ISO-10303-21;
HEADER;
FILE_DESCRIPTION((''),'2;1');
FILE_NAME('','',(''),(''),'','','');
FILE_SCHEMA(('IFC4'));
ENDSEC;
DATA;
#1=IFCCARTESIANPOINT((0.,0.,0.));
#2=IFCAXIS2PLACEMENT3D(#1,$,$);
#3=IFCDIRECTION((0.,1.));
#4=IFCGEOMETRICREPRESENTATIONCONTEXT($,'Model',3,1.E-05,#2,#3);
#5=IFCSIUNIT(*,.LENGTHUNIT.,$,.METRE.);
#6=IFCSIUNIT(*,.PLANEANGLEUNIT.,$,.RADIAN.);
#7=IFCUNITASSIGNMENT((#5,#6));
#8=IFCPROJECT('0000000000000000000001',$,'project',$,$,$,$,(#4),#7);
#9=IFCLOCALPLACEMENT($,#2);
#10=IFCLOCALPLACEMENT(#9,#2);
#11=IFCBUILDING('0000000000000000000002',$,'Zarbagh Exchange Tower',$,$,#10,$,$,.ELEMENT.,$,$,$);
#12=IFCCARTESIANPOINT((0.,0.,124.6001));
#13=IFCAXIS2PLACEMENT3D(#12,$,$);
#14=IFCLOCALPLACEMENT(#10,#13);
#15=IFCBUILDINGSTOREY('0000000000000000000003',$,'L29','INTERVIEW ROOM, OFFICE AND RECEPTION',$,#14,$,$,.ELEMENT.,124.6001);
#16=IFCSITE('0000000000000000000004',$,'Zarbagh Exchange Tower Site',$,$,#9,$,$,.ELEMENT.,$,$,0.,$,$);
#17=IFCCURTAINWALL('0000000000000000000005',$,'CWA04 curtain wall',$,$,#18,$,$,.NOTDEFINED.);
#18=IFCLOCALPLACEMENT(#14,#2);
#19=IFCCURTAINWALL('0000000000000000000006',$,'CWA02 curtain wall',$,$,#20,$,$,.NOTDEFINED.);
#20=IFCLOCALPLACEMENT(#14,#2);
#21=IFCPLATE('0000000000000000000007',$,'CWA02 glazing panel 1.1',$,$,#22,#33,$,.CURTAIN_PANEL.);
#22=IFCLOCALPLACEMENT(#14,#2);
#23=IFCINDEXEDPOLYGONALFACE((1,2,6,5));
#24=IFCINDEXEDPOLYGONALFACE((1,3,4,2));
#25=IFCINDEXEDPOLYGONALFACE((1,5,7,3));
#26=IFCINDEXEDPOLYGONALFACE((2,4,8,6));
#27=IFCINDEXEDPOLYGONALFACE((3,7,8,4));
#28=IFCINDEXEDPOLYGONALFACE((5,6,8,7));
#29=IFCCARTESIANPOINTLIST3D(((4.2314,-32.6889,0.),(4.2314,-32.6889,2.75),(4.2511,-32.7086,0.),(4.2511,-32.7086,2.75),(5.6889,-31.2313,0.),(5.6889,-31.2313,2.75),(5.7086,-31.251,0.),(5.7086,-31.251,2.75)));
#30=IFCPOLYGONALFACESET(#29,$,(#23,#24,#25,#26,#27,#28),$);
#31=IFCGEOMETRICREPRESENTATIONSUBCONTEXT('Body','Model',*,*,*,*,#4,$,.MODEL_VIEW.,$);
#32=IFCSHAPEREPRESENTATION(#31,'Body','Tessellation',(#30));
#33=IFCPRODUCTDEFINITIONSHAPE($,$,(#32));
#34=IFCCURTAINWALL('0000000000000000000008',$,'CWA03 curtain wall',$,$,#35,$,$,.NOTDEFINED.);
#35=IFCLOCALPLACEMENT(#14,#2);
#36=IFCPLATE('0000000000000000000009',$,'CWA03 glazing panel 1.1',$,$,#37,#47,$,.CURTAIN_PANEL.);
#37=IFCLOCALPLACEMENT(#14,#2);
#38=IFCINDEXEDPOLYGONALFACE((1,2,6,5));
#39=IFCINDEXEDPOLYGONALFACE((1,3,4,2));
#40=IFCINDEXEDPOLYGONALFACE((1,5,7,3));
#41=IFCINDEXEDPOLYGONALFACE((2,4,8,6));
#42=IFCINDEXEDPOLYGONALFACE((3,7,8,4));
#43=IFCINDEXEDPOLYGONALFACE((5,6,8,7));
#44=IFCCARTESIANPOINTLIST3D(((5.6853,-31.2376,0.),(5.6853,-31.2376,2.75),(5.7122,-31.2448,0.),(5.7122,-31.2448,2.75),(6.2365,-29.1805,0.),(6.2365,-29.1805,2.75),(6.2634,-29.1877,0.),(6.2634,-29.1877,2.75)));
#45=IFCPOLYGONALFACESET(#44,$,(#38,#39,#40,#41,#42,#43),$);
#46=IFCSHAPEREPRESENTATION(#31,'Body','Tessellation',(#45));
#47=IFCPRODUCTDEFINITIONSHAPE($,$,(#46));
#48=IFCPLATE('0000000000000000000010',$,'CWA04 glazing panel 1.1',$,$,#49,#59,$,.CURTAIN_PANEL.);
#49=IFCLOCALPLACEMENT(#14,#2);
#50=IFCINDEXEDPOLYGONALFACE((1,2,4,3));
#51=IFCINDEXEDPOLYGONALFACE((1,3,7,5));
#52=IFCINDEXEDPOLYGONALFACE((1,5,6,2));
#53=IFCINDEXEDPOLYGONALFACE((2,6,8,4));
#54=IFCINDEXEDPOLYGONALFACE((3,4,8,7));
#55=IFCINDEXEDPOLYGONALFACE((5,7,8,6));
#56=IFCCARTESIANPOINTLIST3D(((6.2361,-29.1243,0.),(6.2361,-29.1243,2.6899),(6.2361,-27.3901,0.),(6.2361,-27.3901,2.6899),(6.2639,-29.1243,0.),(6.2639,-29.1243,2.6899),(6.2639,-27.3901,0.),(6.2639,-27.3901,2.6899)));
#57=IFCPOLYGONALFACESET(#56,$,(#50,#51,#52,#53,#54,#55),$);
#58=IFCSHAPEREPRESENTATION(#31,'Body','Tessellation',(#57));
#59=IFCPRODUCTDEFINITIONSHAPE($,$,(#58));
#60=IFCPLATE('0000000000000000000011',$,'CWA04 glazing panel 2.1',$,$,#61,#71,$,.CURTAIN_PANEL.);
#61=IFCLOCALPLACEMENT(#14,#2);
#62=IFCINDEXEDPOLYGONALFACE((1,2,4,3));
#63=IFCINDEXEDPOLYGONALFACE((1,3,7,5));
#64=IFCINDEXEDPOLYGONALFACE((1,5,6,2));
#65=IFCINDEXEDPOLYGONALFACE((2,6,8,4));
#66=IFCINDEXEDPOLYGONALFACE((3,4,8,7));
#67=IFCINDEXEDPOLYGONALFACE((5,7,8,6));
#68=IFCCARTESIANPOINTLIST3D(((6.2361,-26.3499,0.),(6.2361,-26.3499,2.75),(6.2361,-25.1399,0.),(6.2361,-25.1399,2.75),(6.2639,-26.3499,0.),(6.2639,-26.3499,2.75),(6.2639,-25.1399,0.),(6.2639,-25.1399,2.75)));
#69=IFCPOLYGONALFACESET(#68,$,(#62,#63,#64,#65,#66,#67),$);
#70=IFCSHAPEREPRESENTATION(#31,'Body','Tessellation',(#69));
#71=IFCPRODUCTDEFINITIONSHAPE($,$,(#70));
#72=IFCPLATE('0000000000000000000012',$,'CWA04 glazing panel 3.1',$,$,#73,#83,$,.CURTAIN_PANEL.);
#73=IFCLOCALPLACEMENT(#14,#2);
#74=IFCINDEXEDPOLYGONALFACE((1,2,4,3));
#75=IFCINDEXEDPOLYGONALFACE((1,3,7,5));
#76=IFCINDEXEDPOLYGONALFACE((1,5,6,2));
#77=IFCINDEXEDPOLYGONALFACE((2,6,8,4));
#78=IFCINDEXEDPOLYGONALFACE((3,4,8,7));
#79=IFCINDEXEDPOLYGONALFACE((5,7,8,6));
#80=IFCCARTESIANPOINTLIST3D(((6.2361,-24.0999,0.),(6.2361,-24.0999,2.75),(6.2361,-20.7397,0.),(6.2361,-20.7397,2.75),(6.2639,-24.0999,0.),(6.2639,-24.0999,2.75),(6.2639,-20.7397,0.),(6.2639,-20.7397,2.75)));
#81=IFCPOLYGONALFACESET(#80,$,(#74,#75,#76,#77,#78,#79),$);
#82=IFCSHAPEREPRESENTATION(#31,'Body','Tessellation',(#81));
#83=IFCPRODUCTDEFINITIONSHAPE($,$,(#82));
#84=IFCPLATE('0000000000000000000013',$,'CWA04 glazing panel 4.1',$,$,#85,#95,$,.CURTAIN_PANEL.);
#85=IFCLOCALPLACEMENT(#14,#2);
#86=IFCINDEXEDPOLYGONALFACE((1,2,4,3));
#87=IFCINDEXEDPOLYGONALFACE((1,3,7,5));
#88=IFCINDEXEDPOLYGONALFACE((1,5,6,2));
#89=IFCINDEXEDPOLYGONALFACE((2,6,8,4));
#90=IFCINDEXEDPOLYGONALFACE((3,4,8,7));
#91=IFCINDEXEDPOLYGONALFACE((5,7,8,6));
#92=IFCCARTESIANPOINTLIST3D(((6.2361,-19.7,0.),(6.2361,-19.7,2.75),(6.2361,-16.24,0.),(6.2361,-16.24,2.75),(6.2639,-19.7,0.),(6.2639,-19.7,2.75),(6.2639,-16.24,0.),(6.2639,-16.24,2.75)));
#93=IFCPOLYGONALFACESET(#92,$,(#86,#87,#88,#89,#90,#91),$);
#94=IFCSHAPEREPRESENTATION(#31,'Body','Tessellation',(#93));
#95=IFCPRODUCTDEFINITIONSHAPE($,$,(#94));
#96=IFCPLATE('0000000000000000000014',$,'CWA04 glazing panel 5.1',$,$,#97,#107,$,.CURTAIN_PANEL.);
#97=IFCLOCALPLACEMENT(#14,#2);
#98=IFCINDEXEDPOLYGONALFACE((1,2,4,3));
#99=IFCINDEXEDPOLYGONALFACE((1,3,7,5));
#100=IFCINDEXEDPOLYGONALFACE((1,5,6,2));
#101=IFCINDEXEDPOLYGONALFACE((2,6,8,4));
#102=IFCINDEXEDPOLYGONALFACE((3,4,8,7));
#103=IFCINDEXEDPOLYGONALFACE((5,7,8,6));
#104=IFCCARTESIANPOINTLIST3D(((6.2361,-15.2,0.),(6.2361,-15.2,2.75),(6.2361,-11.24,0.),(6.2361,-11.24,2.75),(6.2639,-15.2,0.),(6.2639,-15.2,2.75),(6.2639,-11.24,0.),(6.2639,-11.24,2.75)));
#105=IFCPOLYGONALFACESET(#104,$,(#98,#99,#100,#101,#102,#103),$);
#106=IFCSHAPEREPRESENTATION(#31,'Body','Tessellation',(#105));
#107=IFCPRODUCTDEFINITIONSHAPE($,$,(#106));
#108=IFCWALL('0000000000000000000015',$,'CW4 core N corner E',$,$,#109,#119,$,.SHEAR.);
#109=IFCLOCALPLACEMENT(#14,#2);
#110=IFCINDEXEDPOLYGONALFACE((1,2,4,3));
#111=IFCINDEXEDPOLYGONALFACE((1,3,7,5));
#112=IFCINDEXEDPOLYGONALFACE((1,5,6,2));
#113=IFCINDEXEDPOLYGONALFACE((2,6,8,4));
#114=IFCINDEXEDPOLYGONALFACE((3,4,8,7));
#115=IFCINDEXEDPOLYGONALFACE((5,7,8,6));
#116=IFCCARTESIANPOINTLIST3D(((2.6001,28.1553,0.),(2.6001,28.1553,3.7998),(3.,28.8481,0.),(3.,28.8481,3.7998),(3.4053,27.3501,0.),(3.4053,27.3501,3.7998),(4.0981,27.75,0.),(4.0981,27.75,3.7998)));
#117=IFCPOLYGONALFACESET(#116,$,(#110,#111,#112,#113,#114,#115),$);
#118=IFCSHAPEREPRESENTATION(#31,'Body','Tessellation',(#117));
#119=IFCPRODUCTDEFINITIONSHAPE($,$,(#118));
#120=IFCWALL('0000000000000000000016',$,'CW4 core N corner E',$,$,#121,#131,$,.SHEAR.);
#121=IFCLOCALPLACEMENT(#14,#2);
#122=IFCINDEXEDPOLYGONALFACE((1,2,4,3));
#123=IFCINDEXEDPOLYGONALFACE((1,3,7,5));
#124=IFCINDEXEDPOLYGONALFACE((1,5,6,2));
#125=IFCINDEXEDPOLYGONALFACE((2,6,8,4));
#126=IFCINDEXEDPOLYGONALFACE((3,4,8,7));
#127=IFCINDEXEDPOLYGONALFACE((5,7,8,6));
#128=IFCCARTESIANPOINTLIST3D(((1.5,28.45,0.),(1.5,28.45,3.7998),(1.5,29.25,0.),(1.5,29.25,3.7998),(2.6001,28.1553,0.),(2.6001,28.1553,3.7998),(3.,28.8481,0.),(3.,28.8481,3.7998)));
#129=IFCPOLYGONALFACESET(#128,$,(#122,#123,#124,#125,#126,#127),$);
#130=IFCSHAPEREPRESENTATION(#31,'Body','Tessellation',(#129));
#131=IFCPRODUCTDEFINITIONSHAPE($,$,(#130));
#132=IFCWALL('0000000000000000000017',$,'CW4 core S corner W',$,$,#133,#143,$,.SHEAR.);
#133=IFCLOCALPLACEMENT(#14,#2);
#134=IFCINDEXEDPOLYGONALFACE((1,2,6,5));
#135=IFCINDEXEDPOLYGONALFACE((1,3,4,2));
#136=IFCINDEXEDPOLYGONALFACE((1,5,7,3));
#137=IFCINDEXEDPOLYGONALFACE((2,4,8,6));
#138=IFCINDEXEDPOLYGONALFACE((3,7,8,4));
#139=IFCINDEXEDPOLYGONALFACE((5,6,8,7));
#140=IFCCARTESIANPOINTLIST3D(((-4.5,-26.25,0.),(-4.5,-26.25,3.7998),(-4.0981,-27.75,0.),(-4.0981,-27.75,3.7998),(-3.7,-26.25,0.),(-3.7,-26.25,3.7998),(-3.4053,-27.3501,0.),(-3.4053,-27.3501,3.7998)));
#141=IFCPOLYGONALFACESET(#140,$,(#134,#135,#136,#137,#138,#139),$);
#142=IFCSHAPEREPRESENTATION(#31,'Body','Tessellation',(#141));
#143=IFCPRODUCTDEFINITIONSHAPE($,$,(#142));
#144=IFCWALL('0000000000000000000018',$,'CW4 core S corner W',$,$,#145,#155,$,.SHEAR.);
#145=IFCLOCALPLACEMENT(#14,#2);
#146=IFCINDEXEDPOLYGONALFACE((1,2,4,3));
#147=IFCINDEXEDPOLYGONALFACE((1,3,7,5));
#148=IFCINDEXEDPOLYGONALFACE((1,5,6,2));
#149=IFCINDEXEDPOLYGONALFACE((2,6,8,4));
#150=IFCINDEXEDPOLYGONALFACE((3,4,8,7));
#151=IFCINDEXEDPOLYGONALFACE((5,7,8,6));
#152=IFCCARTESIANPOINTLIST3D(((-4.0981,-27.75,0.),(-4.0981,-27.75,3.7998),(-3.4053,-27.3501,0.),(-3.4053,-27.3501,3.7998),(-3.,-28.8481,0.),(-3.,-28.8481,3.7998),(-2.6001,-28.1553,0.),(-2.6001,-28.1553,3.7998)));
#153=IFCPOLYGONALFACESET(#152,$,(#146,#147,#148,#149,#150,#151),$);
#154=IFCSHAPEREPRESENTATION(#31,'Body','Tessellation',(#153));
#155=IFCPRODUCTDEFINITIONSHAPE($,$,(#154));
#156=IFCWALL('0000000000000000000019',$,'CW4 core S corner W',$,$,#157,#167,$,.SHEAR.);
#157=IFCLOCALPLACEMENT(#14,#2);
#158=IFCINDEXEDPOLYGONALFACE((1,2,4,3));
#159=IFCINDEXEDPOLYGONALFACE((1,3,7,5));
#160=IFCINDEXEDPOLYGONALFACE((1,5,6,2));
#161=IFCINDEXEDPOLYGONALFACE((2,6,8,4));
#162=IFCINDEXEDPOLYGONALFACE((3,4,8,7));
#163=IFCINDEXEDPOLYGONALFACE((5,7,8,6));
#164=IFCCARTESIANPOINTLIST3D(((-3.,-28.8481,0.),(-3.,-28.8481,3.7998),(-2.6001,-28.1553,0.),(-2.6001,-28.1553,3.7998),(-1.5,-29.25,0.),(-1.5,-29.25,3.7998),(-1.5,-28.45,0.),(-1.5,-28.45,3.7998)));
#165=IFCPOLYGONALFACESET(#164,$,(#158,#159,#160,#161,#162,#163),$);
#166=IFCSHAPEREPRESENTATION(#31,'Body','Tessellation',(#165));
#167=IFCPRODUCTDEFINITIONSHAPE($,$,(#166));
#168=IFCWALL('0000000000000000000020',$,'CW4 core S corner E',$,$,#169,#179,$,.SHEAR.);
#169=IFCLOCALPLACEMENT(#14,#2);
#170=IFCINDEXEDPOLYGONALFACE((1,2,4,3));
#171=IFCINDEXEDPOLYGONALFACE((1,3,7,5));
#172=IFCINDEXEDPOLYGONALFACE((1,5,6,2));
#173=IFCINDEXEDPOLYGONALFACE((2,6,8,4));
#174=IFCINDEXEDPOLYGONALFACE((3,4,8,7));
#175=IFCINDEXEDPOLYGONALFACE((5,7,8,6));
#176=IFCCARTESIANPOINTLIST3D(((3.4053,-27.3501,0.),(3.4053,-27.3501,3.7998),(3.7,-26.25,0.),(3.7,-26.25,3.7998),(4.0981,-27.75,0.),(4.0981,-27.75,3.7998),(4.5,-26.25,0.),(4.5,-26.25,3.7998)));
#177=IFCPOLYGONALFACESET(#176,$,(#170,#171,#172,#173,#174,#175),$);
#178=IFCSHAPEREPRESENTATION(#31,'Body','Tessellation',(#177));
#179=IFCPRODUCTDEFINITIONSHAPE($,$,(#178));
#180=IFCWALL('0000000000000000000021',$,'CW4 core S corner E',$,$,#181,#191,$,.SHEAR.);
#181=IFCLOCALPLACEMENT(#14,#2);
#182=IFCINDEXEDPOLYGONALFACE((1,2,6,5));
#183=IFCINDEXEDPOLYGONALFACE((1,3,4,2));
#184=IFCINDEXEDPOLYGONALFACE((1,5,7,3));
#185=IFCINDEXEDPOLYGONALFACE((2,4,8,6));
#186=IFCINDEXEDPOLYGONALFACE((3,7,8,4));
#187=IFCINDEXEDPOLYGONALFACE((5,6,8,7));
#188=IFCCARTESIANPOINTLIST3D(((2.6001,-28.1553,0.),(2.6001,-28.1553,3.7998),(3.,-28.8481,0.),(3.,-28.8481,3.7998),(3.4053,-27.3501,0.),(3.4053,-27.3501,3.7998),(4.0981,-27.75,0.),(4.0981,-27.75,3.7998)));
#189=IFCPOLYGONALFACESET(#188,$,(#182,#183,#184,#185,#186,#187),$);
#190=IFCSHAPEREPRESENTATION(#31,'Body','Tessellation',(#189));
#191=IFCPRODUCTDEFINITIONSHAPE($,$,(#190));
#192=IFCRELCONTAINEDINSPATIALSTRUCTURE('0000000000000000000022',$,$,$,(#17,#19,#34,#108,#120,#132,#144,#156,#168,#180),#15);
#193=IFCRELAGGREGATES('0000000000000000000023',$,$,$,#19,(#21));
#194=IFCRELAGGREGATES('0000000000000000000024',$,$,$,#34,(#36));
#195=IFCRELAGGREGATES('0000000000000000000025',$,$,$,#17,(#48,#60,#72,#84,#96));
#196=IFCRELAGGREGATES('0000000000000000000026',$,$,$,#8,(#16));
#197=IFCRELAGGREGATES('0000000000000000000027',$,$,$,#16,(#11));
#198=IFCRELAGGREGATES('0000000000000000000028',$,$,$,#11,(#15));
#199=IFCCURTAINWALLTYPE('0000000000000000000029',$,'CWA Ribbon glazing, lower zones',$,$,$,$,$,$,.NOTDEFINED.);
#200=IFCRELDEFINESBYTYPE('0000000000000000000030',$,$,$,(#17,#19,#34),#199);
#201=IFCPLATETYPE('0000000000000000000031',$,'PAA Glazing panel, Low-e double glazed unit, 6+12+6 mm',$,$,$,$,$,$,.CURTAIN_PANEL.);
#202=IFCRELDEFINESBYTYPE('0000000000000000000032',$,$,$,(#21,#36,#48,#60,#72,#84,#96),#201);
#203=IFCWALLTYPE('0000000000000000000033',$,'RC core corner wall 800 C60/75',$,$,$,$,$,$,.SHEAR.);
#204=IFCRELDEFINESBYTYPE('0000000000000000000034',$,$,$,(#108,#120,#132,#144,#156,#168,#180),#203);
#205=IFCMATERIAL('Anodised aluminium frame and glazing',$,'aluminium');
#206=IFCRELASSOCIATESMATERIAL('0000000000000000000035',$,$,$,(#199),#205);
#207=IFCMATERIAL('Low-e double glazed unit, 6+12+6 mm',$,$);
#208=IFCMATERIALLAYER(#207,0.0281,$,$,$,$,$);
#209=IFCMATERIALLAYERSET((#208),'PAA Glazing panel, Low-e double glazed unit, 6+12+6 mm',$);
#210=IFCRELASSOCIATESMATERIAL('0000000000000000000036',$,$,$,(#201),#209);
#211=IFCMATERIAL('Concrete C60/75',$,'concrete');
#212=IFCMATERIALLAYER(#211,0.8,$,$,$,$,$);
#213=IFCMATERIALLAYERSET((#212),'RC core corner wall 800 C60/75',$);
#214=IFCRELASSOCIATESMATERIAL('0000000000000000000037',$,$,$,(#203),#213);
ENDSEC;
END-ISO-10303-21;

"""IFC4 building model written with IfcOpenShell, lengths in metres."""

from ifc_helpers import new_model, si_unit, direction, frame, origin, place, context, subcontext, project, spatial, polyline, outline, extrude, source, transform, mapped, material, layer, layer_set, type_object, element, aggregate, save


model = new_model("IFC4")

# Units and contexts
model_context = context("Model", 3, precision=1e-05, world=origin(), true_north=direction((0.0, 1.0)))
body_context = subcontext(model_context, "Body", "Model", "MODEL_VIEW")
ifc_project = project(units=[si_unit("LENGTHUNIT", "METRE"), si_unit("PLANEANGLEUNIT", "RADIAN")], contexts=[model_context])

# Site, building, storey
site_placement = place(None, origin())
site = spatial("IfcSite", under=ifc_project, at=site_placement, Name="Zarbagh Exchange Tower Site", CompositionType="ELEMENT", RefElevation=0.0)
building_placement = place(site_placement, origin())
building = spatial("IfcBuilding", under=site, at=building_placement, Name="Zarbagh Exchange Tower", CompositionType="ELEMENT")
storey_placement = place(building_placement, frame((0.0, 0.0, 124.6001)))
storey = spatial("IfcBuildingStorey", under=building, at=storey_placement, Name="L29", Description="INTERVIEW ROOM, OFFICE AND RECEPTION", CompositionType="ELEMENT", Elevation=124.6001)

# Shared definitions
ifc_material_1 = material(Name="Anodised aluminium frame and glazing", Category="aluminium")
curtain_wall_type = type_object("IfcCurtainWallType", Name="CWA Ribbon glazing, lower zones", PredefinedType="NOTDEFINED", material=ifc_material_1)
placement = place(storey_placement, origin())

# Curtain wall
curtain_wall_1_placement = place(storey_placement, origin())
curtain_wall_1 = element("IfcCurtainWall", 1, at=curtain_wall_1_placement, inside=storey, type_object=curtain_wall_type, Name="CWA04 curtain wall", PredefinedType="NOTDEFINED")

# Shared definitions
ifc_material_2 = material(Name="Low-e double glazed unit, 6+12+6 mm")
ifc_layer_1 = layer(ifc_material_2, 0.0281)
ifc_layer_set_1 = layer_set([ifc_layer_1], Name="PAA Glazing panel, Low-e double glazed unit, 6+12+6 mm")
plate_type = type_object("IfcPlateType", Name="PAA Glazing panel, Low-e double glazed unit, 6+12+6 mm", PredefinedType="CURTAIN_PANEL", material=ifc_layer_set_1)

# Curtain walls, plates
curtain_wall_2_placement = place(storey_placement, origin())
curtain_wall_2 = element("IfcCurtainWall", 2, at=curtain_wall_2_placement, inside=storey, type_object=curtain_wall_type, Name="CWA02 curtain wall", PredefinedType="NOTDEFINED")
shared_shape_1 = source(origin(), body_context, "Body", "SweptSolid", [
    extrude(outline(polyline([(0.0, -0.0139), (2.0613, -0.0139), (2.0613, 0.0139), (0.0, 0.0139), (0.0, -0.0139)])), origin(), (0.0, 0.0, 1.0), 2.75),
])
plate_1 = element("IfcPlate", 3, at=placement, type_object=plate_type, Name="CWA02 glazing panel 1.1", PredefinedType="CURTAIN_PANEL", context=body_context, shape_type="MappedRepresentation", body=[
    mapped(shared_shape_1, transform((4.2412, -32.6987, 0.0), x_axis=(0.707107, 0.707107, 0.0), y_axis=(-0.707107, 0.707107, 0.0), z_axis=(0.0, 0.0, 1.0))),
])
aggregate(curtain_wall_2, [plate_1])
curtain_wall_3_placement = place(storey_placement, origin())
curtain_wall_3 = element("IfcCurtainWall", 4, at=curtain_wall_3_placement, inside=storey, type_object=curtain_wall_type, Name="CWA03 curtain wall", PredefinedType="NOTDEFINED")
shared_shape_2 = source(origin(), body_context, "Body", "SweptSolid", [
    extrude(outline(polyline([(0.0, -0.0139), (2.1296, -0.0139), (2.1296, 0.0139), (0.0, 0.0139), (0.0, -0.0139)])), origin(), (0.0, 0.0, 1.0), 2.75),
])
plate_2 = element("IfcPlate", 5, at=placement, type_object=plate_type, Name="CWA03 glazing panel 1.1", PredefinedType="CURTAIN_PANEL", context=body_context, shape_type="MappedRepresentation", body=[
    mapped(shared_shape_2, transform((5.6987, -31.2412, 0.0), x_axis=(0.258825, 0.965924, 0.0), y_axis=(-0.965924, 0.258825, 0.0), z_axis=(0.0, 0.0, 1.0))),
])
aggregate(curtain_wall_3, [plate_2])

# Plates
shared_shape_3 = source(origin(), body_context, "Body", "SweptSolid", [
    extrude(outline(polyline([(0.0, -0.0139), (1.7341, -0.0139), (1.7341, 0.0139), (0.0, 0.0139), (0.0, -0.0139)])), origin(), (0.0, 0.0, 1.0), 2.6899),
])
plate_3 = element("IfcPlate", 6, at=placement, type_object=plate_type, Name="CWA04 glazing panel 1.1", PredefinedType="CURTAIN_PANEL", context=body_context, shape_type="MappedRepresentation", body=[
    mapped(shared_shape_3, transform((6.25, -29.1243, 0.0), x_axis=(0.0, 1.0, 0.0), y_axis=(-1.0, 0.0, 0.0), z_axis=(0.0, 0.0, 1.0))),
])
shared_shape_4 = source(origin(), body_context, "Body", "SweptSolid", [
    extrude(outline(polyline([(0.0, -0.0139), (1.21, -0.0139), (1.21, 0.0139), (0.0, 0.0139), (0.0, -0.0139)])), origin(), (0.0, 0.0, 1.0), 2.75),
])
plate_4 = element("IfcPlate", 7, at=placement, type_object=plate_type, Name="CWA04 glazing panel 2.1", PredefinedType="CURTAIN_PANEL", context=body_context, shape_type="MappedRepresentation", body=[
    mapped(shared_shape_4, transform((6.25, -26.3499, 0.0), x_axis=(0.0, 1.0, 0.0), y_axis=(-1.0, 0.0, 0.0), z_axis=(0.0, 0.0, 1.0))),
])
shared_shape_5 = source(origin(), body_context, "Body", "SweptSolid", [
    extrude(outline(polyline([(0.0, -0.0139), (3.3601, -0.0139), (3.3601, 0.0139), (0.0, 0.0139), (0.0, -0.0139)])), origin(), (0.0, 0.0, 1.0), 2.75),
])
plate_5 = element("IfcPlate", 8, at=placement, type_object=plate_type, Name="CWA04 glazing panel 3.1", PredefinedType="CURTAIN_PANEL", context=body_context, shape_type="MappedRepresentation", body=[
    mapped(shared_shape_5, transform((6.25, -24.0999, 0.0), x_axis=(0.0, 1.0, 0.0), y_axis=(-1.0, 0.0, 0.0), z_axis=(0.0, 0.0, 1.0))),
])
shared_shape_6 = source(origin(), body_context, "Body", "SweptSolid", [
    extrude(outline(polyline([(0.0, -0.0139), (3.46, -0.0139), (3.46, 0.0139), (0.0, 0.0139), (0.0, -0.0139)])), origin(), (0.0, 0.0, 1.0), 2.75),
])
plate_6 = element("IfcPlate", 9, at=placement, type_object=plate_type, Name="CWA04 glazing panel 4.1", PredefinedType="CURTAIN_PANEL", context=body_context, shape_type="MappedRepresentation", body=[
    mapped(shared_shape_6, transform((6.25, -19.7, 0.0), x_axis=(0.0, 1.0, 0.0), y_axis=(-1.0, 0.0, 0.0), z_axis=(0.0, 0.0, 1.0))),
])
shared_shape_7 = source(origin(), body_context, "Body", "SweptSolid", [
    extrude(outline(polyline([(0.0, -0.0139), (3.96, -0.0139), (3.96, 0.0139), (0.0, 0.0139), (0.0, -0.0139)])), origin(), (0.0, 0.0, 1.0), 2.75),
])
plate_7 = element("IfcPlate", 10, at=placement, type_object=plate_type, Name="CWA04 glazing panel 5.1", PredefinedType="CURTAIN_PANEL", context=body_context, shape_type="MappedRepresentation", body=[
    mapped(shared_shape_7, transform((6.25, -15.2, 0.0), x_axis=(0.0, 1.0, 0.0), y_axis=(-1.0, 0.0, 0.0), z_axis=(0.0, 0.0, 1.0))),
])
aggregate(curtain_wall_1, [plate_3, plate_4, plate_5, plate_6, plate_7])

# Walls
ifc_material_3 = material(Name="Concrete C60/75", Category="concrete")
ifc_layer_2 = layer(ifc_material_3, 0.8)
ifc_layer_set_2 = layer_set([ifc_layer_2], Name="RC core corner wall 800 C60/75")
wall_type = type_object("IfcWallType", Name="RC core corner wall 800 C60/75", PredefinedType="SHEAR", material=ifc_layer_set_2)
wall_1_placement = place(storey_placement, origin())
element("IfcWall", 11, at=wall_1_placement, inside=storey, type_object=wall_type, Name="CW4 core N corner E", PredefinedType="SHEAR", context=body_context, shape_type="SweptSolid", body=[
    extrude(outline(polyline([(4.0981, 27.75), (3.0, 28.8481), (2.6001, 28.1553), (3.4053, 27.3501), (4.0981, 27.75)])), origin(), (0.0, 0.0, 1.0), 3.7998),
])
wall_2_placement = place(storey_placement, origin())
element("IfcWall", 12, at=wall_2_placement, inside=storey, type_object=wall_type, Name="CW4 core N corner E", PredefinedType="SHEAR", context=body_context, shape_type="SweptSolid", body=[
    extrude(outline(polyline([(3.0, 28.8481), (1.5, 29.25), (1.5, 28.45), (2.6001, 28.1553), (3.0, 28.8481)])), origin(), (0.0, 0.0, 1.0), 3.7998),
])
wall_3_placement = place(storey_placement, origin())
element("IfcWall", 13, at=wall_3_placement, inside=storey, type_object=wall_type, Name="CW4 core S corner W", PredefinedType="SHEAR", context=body_context, shape_type="SweptSolid", body=[
    extrude(outline(polyline([(-4.5, -26.25), (-4.0981, -27.75), (-3.4053, -27.3501), (-3.7, -26.25), (-4.5, -26.25)])), origin(), (0.0, 0.0, 1.0), 3.7998),
])
wall_4_placement = place(storey_placement, origin())
element("IfcWall", 14, at=wall_4_placement, inside=storey, type_object=wall_type, Name="CW4 core S corner W", PredefinedType="SHEAR", context=body_context, shape_type="SweptSolid", body=[
    extrude(outline(polyline([(-4.0981, -27.75), (-3.0, -28.8481), (-2.6001, -28.1553), (-3.4053, -27.3501), (-4.0981, -27.75)])), origin(), (0.0, 0.0, 1.0), 3.7998),
])
wall_5_placement = place(storey_placement, origin())
element("IfcWall", 15, at=wall_5_placement, inside=storey, type_object=wall_type, Name="CW4 core S corner W", PredefinedType="SHEAR", context=body_context, shape_type="SweptSolid", body=[
    extrude(outline(polyline([(-3.0, -28.8481), (-1.5, -29.25), (-1.5, -28.45), (-2.6001, -28.1553), (-3.0, -28.8481)])), origin(), (0.0, 0.0, 1.0), 3.7998),
])
wall_6_placement = place(storey_placement, origin())
element("IfcWall", 16, at=wall_6_placement, inside=storey, type_object=wall_type, Name="CW4 core S corner E", PredefinedType="SHEAR", context=body_context, shape_type="SweptSolid", body=[
    extrude(outline(polyline([(4.5, -26.25), (4.0981, -27.75), (3.4053, -27.3501), (3.7, -26.25), (4.5, -26.25)])), origin(), (0.0, 0.0, 1.0), 3.7998),
])
wall_7_placement = place(storey_placement, origin())
element("IfcWall", 17, at=wall_7_placement, inside=storey, type_object=wall_type, Name="CW4 core S corner E", PredefinedType="SHEAR", context=body_context, shape_type="SweptSolid", body=[
    extrude(outline(polyline([(4.0981, -27.75), (3.0, -28.8481), (2.6001, -28.1553), (3.4053, -27.3501), (4.0981, -27.75)])), origin(), (0.0, 0.0, 1.0), 3.7998),
])

save(model, "model.ifc")
